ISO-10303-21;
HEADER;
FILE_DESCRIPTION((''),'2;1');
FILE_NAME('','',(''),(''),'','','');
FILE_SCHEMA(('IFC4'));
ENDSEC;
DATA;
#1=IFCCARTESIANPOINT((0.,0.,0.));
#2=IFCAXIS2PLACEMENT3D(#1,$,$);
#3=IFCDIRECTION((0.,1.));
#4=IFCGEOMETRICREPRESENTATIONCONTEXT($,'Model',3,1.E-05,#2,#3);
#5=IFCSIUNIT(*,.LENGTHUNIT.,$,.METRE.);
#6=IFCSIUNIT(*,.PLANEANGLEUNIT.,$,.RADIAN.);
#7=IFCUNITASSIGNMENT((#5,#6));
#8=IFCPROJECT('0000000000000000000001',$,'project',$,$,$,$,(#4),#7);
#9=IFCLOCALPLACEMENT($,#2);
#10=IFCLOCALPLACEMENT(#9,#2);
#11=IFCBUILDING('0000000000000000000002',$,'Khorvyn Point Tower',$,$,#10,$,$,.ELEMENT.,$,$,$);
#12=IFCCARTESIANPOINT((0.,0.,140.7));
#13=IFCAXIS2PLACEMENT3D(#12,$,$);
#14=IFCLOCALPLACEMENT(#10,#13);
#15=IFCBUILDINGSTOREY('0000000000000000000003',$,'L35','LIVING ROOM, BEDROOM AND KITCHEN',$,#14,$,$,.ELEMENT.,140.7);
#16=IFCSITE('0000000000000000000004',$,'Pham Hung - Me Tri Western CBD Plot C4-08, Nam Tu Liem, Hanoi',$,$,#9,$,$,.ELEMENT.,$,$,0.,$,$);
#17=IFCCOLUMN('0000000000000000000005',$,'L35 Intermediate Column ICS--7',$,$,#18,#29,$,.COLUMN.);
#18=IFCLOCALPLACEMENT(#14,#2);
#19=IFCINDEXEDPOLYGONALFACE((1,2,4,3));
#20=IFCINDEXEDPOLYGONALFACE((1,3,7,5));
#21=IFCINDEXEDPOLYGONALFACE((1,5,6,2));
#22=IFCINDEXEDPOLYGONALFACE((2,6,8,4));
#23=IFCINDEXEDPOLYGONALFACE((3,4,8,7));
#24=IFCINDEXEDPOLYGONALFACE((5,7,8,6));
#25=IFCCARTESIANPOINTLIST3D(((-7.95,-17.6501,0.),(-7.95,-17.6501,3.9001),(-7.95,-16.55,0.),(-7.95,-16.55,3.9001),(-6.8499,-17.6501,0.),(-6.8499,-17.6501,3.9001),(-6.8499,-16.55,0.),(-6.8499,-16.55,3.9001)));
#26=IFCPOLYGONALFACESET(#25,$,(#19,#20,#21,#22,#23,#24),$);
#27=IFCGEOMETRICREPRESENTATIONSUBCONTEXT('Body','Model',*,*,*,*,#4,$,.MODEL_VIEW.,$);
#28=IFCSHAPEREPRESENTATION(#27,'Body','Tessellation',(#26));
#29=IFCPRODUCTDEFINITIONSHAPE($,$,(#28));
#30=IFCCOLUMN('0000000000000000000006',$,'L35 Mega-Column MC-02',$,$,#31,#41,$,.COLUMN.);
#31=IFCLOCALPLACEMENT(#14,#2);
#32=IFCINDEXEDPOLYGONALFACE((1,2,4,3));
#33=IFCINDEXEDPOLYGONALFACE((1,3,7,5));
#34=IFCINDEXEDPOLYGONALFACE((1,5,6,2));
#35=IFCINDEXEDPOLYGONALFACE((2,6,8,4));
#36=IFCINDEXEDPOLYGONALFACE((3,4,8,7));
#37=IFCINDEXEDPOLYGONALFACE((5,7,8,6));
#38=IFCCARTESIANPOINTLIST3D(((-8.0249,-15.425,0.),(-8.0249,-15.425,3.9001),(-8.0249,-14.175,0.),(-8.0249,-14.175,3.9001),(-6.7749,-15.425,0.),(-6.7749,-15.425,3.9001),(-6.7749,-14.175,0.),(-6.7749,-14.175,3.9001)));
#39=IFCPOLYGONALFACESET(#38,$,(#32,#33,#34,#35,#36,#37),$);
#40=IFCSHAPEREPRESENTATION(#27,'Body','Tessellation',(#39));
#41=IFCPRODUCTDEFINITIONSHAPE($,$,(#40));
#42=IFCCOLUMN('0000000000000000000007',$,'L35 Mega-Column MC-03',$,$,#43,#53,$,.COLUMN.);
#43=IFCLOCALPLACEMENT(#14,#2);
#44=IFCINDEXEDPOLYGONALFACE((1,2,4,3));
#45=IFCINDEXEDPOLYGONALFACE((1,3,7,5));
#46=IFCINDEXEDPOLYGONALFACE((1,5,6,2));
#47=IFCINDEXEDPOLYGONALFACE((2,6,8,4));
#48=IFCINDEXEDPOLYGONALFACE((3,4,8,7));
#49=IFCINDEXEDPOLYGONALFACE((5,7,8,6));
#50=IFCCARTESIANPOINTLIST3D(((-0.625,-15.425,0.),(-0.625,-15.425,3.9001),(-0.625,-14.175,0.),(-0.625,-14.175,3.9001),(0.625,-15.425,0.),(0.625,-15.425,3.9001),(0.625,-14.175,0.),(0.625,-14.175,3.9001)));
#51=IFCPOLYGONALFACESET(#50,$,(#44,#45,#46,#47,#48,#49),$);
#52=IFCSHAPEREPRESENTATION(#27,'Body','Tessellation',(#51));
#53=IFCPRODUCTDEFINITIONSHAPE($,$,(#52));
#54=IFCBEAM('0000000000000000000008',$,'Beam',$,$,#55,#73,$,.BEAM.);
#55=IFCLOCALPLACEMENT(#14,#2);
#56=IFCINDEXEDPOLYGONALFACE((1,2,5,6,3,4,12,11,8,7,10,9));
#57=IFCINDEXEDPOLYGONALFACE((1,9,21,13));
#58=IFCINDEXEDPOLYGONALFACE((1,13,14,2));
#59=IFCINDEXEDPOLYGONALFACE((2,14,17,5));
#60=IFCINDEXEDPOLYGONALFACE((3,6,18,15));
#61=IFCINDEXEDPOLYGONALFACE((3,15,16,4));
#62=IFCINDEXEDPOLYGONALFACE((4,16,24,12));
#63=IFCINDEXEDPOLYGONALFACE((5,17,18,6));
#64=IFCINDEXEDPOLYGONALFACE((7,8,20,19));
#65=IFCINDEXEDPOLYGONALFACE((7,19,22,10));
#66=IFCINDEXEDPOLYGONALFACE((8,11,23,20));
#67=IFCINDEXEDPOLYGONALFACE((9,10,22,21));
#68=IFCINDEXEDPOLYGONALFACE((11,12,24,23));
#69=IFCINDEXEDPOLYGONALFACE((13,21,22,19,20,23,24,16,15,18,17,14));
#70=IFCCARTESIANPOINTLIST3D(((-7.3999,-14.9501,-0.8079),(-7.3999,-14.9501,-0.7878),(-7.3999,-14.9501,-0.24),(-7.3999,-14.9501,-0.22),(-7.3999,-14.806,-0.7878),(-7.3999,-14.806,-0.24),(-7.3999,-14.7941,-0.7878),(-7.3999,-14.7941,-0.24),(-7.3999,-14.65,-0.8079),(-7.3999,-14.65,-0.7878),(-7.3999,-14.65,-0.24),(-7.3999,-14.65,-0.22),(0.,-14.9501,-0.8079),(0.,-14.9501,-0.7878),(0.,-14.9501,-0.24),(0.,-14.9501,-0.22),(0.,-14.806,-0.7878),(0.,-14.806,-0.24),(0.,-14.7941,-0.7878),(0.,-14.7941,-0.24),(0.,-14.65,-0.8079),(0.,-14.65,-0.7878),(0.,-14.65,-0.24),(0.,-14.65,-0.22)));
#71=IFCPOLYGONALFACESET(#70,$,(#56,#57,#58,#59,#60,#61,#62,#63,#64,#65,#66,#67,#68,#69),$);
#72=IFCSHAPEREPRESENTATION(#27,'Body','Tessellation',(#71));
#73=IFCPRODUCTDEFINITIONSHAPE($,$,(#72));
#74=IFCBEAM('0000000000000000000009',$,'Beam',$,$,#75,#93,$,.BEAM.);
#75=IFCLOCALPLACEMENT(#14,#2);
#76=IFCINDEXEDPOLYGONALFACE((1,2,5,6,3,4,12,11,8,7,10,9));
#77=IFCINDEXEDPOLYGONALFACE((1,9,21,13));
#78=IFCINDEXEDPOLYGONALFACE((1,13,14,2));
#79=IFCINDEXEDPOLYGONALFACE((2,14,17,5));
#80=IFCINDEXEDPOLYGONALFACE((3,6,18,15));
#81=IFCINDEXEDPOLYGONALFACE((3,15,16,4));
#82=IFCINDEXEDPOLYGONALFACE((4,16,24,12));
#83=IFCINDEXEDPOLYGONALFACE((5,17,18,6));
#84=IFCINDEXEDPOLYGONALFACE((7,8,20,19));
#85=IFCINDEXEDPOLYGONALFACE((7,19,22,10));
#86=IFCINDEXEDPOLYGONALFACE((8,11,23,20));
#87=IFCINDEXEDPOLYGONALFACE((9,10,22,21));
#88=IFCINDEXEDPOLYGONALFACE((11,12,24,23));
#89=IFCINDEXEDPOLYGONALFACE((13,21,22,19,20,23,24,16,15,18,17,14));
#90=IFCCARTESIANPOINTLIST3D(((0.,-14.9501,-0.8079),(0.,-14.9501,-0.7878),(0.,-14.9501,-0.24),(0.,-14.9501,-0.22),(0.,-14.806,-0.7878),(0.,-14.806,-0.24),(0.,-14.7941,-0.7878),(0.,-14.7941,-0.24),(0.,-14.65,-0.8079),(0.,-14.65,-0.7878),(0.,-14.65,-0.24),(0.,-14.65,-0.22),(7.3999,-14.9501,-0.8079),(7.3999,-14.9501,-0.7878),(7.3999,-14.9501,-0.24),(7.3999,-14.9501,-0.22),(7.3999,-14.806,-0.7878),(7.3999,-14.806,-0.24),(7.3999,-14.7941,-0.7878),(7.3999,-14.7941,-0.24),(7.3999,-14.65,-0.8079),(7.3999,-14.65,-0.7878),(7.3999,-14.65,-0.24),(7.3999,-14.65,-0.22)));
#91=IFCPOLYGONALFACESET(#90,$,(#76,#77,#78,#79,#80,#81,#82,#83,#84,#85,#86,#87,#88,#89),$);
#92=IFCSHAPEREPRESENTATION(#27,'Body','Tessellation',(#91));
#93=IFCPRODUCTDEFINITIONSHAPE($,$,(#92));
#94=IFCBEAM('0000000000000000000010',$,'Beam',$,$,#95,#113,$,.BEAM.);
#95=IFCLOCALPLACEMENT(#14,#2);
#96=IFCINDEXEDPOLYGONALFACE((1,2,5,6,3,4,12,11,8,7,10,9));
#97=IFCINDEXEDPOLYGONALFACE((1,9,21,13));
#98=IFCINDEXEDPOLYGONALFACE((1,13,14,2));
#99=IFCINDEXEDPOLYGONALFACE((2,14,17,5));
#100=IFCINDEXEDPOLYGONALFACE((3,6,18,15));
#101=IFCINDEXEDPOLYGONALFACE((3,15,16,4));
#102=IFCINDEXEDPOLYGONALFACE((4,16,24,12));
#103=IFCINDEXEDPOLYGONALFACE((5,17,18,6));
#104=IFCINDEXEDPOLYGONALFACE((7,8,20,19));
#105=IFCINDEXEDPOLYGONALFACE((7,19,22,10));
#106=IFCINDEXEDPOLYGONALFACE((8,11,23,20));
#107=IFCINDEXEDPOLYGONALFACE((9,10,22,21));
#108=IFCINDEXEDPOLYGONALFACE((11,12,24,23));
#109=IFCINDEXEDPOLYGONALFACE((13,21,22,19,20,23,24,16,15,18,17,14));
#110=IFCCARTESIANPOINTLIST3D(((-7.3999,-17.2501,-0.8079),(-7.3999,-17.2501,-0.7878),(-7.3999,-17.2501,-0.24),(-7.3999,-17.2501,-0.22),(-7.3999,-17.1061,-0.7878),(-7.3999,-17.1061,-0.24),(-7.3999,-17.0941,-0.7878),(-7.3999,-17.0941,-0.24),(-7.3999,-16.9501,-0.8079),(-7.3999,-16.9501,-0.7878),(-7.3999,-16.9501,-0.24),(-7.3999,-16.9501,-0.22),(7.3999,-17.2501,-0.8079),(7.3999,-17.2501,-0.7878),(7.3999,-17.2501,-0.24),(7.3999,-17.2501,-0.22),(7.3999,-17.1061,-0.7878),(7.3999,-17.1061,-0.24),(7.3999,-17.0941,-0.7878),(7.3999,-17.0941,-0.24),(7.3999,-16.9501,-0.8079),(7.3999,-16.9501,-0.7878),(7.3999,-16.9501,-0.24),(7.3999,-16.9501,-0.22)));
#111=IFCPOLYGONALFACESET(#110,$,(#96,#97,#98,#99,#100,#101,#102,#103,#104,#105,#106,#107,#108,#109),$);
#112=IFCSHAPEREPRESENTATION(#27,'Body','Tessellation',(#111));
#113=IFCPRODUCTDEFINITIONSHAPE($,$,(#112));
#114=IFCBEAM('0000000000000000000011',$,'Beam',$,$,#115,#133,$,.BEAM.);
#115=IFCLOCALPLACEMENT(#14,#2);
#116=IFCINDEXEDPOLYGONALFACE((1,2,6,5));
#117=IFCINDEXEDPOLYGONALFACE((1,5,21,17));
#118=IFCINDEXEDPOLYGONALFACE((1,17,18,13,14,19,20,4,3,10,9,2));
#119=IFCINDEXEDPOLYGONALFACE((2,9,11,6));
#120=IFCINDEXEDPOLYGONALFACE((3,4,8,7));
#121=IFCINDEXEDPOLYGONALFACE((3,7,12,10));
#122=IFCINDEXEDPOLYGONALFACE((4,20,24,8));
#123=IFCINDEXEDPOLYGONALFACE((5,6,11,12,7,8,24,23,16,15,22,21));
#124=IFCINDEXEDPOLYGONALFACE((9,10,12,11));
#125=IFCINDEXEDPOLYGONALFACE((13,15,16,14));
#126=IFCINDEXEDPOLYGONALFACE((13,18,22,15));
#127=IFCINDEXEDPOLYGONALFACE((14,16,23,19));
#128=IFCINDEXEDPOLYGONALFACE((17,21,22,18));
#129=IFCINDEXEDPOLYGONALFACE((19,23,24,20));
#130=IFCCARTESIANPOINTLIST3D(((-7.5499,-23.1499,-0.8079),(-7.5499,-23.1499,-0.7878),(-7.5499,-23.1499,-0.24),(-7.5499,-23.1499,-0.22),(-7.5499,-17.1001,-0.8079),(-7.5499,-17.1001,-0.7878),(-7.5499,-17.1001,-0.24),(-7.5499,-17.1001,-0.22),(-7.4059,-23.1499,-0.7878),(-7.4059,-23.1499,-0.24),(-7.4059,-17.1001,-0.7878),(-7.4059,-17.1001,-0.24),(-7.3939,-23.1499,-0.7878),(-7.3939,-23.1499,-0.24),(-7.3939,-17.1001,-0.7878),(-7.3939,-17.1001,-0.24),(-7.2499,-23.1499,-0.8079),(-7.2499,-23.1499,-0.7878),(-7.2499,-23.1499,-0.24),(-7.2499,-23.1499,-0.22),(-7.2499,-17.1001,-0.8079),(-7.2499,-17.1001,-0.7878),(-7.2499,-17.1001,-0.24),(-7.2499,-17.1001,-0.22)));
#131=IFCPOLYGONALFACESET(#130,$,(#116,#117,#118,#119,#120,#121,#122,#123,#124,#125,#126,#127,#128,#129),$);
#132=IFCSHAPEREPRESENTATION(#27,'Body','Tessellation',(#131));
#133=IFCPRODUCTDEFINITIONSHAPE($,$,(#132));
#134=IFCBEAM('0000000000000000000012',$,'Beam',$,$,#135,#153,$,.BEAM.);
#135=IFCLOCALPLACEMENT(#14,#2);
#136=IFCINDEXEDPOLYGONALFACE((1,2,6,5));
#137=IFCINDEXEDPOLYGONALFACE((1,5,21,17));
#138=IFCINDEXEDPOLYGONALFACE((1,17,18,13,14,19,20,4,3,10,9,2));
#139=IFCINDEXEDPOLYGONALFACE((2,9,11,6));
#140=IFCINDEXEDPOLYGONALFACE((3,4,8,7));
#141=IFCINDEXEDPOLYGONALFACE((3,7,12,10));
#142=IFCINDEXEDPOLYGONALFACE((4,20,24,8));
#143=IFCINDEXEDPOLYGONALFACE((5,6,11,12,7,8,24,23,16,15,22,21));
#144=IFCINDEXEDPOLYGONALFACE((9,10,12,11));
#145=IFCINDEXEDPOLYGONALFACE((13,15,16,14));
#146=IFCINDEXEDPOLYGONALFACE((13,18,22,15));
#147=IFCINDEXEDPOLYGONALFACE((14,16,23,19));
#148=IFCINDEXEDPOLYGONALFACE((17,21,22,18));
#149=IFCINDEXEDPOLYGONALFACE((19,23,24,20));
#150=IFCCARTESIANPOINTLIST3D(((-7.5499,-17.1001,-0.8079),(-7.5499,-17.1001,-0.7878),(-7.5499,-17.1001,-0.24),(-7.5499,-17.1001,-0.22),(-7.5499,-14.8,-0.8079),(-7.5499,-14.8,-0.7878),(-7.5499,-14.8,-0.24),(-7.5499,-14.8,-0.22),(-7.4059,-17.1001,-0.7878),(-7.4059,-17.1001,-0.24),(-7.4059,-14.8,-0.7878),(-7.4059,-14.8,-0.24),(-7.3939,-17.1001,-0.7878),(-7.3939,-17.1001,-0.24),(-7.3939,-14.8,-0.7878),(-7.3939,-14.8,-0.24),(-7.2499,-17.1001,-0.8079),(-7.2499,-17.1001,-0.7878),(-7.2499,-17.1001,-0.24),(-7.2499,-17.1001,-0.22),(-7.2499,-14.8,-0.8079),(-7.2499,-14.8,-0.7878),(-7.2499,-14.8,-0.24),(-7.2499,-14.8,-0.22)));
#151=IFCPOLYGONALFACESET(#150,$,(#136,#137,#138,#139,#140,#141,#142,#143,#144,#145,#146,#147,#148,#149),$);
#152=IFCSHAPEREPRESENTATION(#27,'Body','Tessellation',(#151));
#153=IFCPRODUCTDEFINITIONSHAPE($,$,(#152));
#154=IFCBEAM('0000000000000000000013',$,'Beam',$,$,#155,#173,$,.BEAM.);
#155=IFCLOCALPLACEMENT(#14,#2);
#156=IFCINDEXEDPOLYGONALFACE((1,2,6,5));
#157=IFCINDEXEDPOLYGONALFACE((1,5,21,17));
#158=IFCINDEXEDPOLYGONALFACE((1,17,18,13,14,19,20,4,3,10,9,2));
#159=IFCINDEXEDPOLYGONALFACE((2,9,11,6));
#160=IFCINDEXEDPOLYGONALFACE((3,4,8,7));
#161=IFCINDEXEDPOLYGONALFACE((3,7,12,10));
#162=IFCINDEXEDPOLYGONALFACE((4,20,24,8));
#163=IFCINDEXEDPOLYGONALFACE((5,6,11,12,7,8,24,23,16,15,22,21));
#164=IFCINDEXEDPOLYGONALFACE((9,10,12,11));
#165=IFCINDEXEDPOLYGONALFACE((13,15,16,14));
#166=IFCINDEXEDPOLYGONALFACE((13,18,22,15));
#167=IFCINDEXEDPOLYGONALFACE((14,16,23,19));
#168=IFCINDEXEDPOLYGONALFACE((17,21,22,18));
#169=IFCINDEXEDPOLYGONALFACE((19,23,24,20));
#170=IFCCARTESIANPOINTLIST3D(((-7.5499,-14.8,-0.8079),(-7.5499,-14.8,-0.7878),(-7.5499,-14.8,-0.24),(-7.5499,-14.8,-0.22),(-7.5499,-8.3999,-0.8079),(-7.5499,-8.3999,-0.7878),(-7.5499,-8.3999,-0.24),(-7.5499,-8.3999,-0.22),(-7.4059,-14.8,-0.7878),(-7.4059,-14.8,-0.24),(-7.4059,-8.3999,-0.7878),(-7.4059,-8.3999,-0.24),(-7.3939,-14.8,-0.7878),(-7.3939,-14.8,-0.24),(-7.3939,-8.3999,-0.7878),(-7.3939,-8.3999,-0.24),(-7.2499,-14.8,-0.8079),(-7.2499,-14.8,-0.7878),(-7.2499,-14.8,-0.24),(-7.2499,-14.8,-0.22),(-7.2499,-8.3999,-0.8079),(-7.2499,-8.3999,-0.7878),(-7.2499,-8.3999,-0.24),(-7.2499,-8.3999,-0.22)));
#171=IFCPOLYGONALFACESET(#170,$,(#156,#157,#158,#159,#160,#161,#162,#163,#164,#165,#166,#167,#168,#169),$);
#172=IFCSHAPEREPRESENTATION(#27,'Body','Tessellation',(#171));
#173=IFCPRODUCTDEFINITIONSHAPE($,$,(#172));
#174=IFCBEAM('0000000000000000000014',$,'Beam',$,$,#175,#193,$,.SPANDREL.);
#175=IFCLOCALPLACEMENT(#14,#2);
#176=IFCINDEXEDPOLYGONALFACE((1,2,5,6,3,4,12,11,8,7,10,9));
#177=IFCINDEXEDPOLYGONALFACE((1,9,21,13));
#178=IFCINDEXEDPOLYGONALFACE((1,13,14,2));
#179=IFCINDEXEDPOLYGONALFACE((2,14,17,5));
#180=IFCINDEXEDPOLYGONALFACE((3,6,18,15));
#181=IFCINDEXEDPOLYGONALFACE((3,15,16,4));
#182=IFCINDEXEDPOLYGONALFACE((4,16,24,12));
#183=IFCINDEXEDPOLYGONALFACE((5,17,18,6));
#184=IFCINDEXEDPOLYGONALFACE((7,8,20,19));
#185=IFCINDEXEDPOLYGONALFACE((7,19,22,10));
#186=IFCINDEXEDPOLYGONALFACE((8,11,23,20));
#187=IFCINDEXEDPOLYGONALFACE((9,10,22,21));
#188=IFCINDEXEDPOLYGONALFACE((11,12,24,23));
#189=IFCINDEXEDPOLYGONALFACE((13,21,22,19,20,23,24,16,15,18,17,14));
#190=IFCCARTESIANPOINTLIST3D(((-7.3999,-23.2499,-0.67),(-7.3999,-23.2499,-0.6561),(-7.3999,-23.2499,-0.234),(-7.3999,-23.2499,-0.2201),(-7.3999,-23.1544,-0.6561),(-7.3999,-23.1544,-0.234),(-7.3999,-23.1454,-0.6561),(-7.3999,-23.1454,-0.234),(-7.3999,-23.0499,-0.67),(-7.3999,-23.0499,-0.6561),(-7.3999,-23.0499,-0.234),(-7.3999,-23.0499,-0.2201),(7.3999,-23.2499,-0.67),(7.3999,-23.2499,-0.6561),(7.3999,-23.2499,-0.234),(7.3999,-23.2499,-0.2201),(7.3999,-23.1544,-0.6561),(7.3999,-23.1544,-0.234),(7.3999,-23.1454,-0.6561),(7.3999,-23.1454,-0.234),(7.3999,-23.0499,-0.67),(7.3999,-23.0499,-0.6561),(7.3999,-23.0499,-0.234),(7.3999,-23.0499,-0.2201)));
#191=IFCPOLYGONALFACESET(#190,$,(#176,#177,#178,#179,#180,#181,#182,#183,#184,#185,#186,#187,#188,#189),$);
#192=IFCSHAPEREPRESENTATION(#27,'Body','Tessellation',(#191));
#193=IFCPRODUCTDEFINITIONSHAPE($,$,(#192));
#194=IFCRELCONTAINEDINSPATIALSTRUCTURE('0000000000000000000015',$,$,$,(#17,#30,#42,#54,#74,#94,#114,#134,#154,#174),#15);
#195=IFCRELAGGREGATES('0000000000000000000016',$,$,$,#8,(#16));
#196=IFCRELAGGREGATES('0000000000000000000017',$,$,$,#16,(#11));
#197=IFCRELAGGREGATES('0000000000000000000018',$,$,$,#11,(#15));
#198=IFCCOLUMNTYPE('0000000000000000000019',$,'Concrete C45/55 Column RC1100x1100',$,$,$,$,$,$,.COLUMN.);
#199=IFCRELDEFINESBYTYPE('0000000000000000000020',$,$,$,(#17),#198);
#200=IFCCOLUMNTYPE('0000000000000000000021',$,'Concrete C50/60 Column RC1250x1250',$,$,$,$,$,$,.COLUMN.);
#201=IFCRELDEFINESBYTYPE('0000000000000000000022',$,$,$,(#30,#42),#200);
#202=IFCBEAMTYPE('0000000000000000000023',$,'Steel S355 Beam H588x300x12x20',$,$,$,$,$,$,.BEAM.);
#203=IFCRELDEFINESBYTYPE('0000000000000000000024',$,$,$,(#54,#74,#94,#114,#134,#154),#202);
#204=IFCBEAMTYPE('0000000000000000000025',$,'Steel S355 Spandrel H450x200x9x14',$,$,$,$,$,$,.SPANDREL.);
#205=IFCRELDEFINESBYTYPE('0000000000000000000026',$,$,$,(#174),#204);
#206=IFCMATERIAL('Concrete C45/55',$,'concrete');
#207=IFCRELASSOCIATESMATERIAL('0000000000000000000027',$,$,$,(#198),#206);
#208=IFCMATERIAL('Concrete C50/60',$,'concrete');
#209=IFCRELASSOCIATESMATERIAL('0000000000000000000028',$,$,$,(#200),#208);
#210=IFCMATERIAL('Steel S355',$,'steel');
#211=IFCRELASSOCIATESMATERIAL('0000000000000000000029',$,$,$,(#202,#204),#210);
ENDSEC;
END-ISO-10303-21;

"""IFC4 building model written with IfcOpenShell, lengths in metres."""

from ifc_helpers import new_model, si_unit, direction, frame, origin, origin_2d, place, context, subcontext, project, spatial, rectangle, i_section, extrude, material, material_profile, profile_set, type_object, element, save


model = new_model("IFC4")

# Units and contexts
model_context = context("Model", 3, precision=1e-05, world=origin(), true_north=direction((0.0, 1.0)))
body_context = subcontext(model_context, "Body", "Model", "MODEL_VIEW")
ifc_project = project(units=[si_unit("LENGTHUNIT", "METRE"), si_unit("PLANEANGLEUNIT", "RADIAN")], contexts=[model_context])

# Site, building, storey
site_placement = place(None, origin())
site = spatial("IfcSite", under=ifc_project, at=site_placement, Name="Pham Hung - Me Tri Western CBD Plot C4-08, Nam Tu Liem, Hanoi", CompositionType="ELEMENT", RefElevation=0.0)
building_placement = place(site_placement, origin())
building = spatial("IfcBuilding", under=site, at=building_placement, Name="Khorvyn Point Tower", CompositionType="ELEMENT")
storey_placement = place(building_placement, frame((0.0, 0.0, 140.7)))
storey = spatial("IfcBuildingStorey", under=building, at=storey_placement, Name="L35", Description="LIVING ROOM, BEDROOM AND KITCHEN", CompositionType="ELEMENT", Elevation=140.7)

# Columns
ifc_material_1 = material(Name="Concrete C45/55", Category="concrete")
ifc_material_profile_1 = material_profile(ifc_material_1, rectangle(XDim=1.1001, YDim=1.1001, at=origin_2d()))
ifc_profile_set_1 = profile_set([ifc_material_profile_1], Name="Concrete C45/55 RC1100x1100")
column_type_1 = type_object("IfcColumnType", Name="Concrete C45/55 Column RC1100x1100", PredefinedType="COLUMN", material=ifc_profile_set_1)
column_placement = place(storey_placement, frame((-7.3999, -17.1001, 0.0), z_axis=(0.0, 0.0, 1.0), x_axis=(1.0, 0.0, 0.0)))
element("IfcColumn", 1, at=column_placement, inside=storey, type_object=column_type_1, Name="L35 Intermediate Column ICS--7", PredefinedType="COLUMN", context=body_context, shape_type="SweptSolid", body=[
    extrude(rectangle(XDim=1.1001, YDim=1.1001, at=origin_2d()), origin(), (0.0, 0.0, 1.0), 3.9001),
])
ifc_material_2 = material(Name="Concrete C50/60", Category="concrete")
ifc_material_profile_2 = material_profile(ifc_material_2, rectangle(XDim=1.25, YDim=1.25, at=origin_2d()))
ifc_profile_set_2 = profile_set([ifc_material_profile_2], Name="Concrete C50/60 RC1250x1250")
column_type_2 = type_object("IfcColumnType", Name="Concrete C50/60 Column RC1250x1250", PredefinedType="COLUMN", material=ifc_profile_set_2)
for number, where, z_axis, x_axis, name in (
    (2, (-7.3999, -14.8, 0.0), (0.0, 0.0, 1.0), (1.0, 0.0, 0.0), "L35 Mega-Column MC-02"),
    (3, (0.0, -14.8, 0.0), (0.0, 0.0, 1.0), (1.0, 0.0, 0.0), "L35 Mega-Column MC-03"),
):
    element("IfcColumn", number, at=place(storey_placement, frame(where, z_axis=z_axis, x_axis=x_axis)), inside=storey, type_object=column_type_2, Name=name, PredefinedType="COLUMN", context=body_context, shape_type="SweptSolid", body=[
        extrude(rectangle(XDim=1.25, YDim=1.25, at=origin_2d()), origin(), (0.0, 0.0, 1.0), 3.9001),
    ])

# Beams
ifc_material_3 = material(Name="Steel S355", Category="steel")
ifc_material_profile_3 = material_profile(ifc_material_3, i_section(OverallWidth=0.3, OverallDepth=0.5879, WebThickness=0.012, FlangeThickness=0.02, at=origin_2d()))
ifc_profile_set_3 = profile_set([ifc_material_profile_3], Name="Steel S355 H588x300x12x20")
beam_type_1 = type_object("IfcBeamType", Name="Steel S355 Beam H588x300x12x20", PredefinedType="BEAM", material=ifc_profile_set_3)
for number, where, z_axis, x_axis, name in (
    (4, (-7.3999, -14.8, -0.5139), (1.0, 0.0, 0.0), (0.0, 1.0, 0.0), "Beam"),
    (5, (0.0, -14.8, -0.5139), (1.0, 0.0, 0.0), (0.0, 1.0, 0.0), "Beam"),
):
    element("IfcBeam", number, at=place(storey_placement, frame(where, z_axis=z_axis, x_axis=x_axis)), inside=storey, type_object=beam_type_1, Name=name, PredefinedType="BEAM", context=body_context, shape_type="SweptSolid", body=[
        extrude(i_section(OverallWidth=0.3, OverallDepth=0.5879, WebThickness=0.012, FlangeThickness=0.02, at=origin_2d()), origin(), (0.0, 0.0, 1.0), 7.3999),
    ])
beam_1_placement = place(storey_placement, frame((-7.3999, -17.1001, -0.5139), z_axis=(1.0, 0.0, 0.0), x_axis=(0.0, 1.0, 0.0)))
element("IfcBeam", 6, at=beam_1_placement, inside=storey, type_object=beam_type_1, Name="Beam", PredefinedType="BEAM", context=body_context, shape_type="SweptSolid", body=[
    extrude(i_section(OverallWidth=0.3, OverallDepth=0.5879, WebThickness=0.012, FlangeThickness=0.02, at=origin_2d()), origin(), (0.0, 0.0, 1.0), 14.7998),
])
beam_2_placement = place(storey_placement, frame((-7.3999, -23.1499, -0.5139), z_axis=(0.0, 1.0, 0.0), x_axis=(-1.0, 0.0, 0.0)))
element("IfcBeam", 7, at=beam_2_placement, inside=storey, type_object=beam_type_1, Name="Beam", PredefinedType="BEAM", context=body_context, shape_type="SweptSolid", body=[
    extrude(i_section(OverallWidth=0.3, OverallDepth=0.5879, WebThickness=0.012, FlangeThickness=0.02, at=origin_2d()), origin(), (0.0, 0.0, 1.0), 6.0498),
])
beam_3_placement = place(storey_placement, frame((-7.3999, -17.1001, -0.5139), z_axis=(0.0, 1.0, 0.0), x_axis=(-1.0, 0.0, 0.0)))
element("IfcBeam", 8, at=beam_3_placement, inside=storey, type_object=beam_type_1, Name="Beam", PredefinedType="BEAM", context=body_context, shape_type="SweptSolid", body=[
    extrude(i_section(OverallWidth=0.3, OverallDepth=0.5879, WebThickness=0.012, FlangeThickness=0.02, at=origin_2d()), origin(), (0.0, 0.0, 1.0), 2.3),
])
beam_4_placement = place(storey_placement, frame((-7.3999, -14.8, -0.5139), z_axis=(0.0, 1.0, 0.0), x_axis=(-1.0, 0.0, 0.0)))
element("IfcBeam", 9, at=beam_4_placement, inside=storey, type_object=beam_type_1, Name="Beam", PredefinedType="BEAM", context=body_context, shape_type="SweptSolid", body=[
    extrude(i_section(OverallWidth=0.3, OverallDepth=0.5879, WebThickness=0.012, FlangeThickness=0.02, at=origin_2d()), origin(), (0.0, 0.0, 1.0), 6.4001),
])
ifc_material_profile_4 = material_profile(ifc_material_3, i_section(OverallWidth=0.2, OverallDepth=0.45, WebThickness=0.009, FlangeThickness=0.0139, at=origin_2d()))
ifc_profile_set_4 = profile_set([ifc_material_profile_4], Name="Steel S355 H450x200x9x14")
beam_type_2 = type_object("IfcBeamType", Name="Steel S355 Spandrel H450x200x9x14", PredefinedType="SPANDREL", material=ifc_profile_set_4)
beam_5_placement = place(storey_placement, frame((-7.3999, -23.1499, -0.4451), z_axis=(1.0, 0.0, 0.0), x_axis=(0.0, 1.0, 0.0)))
element("IfcBeam", 10, at=beam_5_placement, inside=storey, type_object=beam_type_2, Name="Beam", PredefinedType="SPANDREL", context=body_context, shape_type="SweptSolid", body=[
    extrude(i_section(OverallWidth=0.2, OverallDepth=0.45, WebThickness=0.009, FlangeThickness=0.0139, at=origin_2d()), origin(), (0.0, 0.0, 1.0), 14.7998),
])

save(model, "model.ifc")
